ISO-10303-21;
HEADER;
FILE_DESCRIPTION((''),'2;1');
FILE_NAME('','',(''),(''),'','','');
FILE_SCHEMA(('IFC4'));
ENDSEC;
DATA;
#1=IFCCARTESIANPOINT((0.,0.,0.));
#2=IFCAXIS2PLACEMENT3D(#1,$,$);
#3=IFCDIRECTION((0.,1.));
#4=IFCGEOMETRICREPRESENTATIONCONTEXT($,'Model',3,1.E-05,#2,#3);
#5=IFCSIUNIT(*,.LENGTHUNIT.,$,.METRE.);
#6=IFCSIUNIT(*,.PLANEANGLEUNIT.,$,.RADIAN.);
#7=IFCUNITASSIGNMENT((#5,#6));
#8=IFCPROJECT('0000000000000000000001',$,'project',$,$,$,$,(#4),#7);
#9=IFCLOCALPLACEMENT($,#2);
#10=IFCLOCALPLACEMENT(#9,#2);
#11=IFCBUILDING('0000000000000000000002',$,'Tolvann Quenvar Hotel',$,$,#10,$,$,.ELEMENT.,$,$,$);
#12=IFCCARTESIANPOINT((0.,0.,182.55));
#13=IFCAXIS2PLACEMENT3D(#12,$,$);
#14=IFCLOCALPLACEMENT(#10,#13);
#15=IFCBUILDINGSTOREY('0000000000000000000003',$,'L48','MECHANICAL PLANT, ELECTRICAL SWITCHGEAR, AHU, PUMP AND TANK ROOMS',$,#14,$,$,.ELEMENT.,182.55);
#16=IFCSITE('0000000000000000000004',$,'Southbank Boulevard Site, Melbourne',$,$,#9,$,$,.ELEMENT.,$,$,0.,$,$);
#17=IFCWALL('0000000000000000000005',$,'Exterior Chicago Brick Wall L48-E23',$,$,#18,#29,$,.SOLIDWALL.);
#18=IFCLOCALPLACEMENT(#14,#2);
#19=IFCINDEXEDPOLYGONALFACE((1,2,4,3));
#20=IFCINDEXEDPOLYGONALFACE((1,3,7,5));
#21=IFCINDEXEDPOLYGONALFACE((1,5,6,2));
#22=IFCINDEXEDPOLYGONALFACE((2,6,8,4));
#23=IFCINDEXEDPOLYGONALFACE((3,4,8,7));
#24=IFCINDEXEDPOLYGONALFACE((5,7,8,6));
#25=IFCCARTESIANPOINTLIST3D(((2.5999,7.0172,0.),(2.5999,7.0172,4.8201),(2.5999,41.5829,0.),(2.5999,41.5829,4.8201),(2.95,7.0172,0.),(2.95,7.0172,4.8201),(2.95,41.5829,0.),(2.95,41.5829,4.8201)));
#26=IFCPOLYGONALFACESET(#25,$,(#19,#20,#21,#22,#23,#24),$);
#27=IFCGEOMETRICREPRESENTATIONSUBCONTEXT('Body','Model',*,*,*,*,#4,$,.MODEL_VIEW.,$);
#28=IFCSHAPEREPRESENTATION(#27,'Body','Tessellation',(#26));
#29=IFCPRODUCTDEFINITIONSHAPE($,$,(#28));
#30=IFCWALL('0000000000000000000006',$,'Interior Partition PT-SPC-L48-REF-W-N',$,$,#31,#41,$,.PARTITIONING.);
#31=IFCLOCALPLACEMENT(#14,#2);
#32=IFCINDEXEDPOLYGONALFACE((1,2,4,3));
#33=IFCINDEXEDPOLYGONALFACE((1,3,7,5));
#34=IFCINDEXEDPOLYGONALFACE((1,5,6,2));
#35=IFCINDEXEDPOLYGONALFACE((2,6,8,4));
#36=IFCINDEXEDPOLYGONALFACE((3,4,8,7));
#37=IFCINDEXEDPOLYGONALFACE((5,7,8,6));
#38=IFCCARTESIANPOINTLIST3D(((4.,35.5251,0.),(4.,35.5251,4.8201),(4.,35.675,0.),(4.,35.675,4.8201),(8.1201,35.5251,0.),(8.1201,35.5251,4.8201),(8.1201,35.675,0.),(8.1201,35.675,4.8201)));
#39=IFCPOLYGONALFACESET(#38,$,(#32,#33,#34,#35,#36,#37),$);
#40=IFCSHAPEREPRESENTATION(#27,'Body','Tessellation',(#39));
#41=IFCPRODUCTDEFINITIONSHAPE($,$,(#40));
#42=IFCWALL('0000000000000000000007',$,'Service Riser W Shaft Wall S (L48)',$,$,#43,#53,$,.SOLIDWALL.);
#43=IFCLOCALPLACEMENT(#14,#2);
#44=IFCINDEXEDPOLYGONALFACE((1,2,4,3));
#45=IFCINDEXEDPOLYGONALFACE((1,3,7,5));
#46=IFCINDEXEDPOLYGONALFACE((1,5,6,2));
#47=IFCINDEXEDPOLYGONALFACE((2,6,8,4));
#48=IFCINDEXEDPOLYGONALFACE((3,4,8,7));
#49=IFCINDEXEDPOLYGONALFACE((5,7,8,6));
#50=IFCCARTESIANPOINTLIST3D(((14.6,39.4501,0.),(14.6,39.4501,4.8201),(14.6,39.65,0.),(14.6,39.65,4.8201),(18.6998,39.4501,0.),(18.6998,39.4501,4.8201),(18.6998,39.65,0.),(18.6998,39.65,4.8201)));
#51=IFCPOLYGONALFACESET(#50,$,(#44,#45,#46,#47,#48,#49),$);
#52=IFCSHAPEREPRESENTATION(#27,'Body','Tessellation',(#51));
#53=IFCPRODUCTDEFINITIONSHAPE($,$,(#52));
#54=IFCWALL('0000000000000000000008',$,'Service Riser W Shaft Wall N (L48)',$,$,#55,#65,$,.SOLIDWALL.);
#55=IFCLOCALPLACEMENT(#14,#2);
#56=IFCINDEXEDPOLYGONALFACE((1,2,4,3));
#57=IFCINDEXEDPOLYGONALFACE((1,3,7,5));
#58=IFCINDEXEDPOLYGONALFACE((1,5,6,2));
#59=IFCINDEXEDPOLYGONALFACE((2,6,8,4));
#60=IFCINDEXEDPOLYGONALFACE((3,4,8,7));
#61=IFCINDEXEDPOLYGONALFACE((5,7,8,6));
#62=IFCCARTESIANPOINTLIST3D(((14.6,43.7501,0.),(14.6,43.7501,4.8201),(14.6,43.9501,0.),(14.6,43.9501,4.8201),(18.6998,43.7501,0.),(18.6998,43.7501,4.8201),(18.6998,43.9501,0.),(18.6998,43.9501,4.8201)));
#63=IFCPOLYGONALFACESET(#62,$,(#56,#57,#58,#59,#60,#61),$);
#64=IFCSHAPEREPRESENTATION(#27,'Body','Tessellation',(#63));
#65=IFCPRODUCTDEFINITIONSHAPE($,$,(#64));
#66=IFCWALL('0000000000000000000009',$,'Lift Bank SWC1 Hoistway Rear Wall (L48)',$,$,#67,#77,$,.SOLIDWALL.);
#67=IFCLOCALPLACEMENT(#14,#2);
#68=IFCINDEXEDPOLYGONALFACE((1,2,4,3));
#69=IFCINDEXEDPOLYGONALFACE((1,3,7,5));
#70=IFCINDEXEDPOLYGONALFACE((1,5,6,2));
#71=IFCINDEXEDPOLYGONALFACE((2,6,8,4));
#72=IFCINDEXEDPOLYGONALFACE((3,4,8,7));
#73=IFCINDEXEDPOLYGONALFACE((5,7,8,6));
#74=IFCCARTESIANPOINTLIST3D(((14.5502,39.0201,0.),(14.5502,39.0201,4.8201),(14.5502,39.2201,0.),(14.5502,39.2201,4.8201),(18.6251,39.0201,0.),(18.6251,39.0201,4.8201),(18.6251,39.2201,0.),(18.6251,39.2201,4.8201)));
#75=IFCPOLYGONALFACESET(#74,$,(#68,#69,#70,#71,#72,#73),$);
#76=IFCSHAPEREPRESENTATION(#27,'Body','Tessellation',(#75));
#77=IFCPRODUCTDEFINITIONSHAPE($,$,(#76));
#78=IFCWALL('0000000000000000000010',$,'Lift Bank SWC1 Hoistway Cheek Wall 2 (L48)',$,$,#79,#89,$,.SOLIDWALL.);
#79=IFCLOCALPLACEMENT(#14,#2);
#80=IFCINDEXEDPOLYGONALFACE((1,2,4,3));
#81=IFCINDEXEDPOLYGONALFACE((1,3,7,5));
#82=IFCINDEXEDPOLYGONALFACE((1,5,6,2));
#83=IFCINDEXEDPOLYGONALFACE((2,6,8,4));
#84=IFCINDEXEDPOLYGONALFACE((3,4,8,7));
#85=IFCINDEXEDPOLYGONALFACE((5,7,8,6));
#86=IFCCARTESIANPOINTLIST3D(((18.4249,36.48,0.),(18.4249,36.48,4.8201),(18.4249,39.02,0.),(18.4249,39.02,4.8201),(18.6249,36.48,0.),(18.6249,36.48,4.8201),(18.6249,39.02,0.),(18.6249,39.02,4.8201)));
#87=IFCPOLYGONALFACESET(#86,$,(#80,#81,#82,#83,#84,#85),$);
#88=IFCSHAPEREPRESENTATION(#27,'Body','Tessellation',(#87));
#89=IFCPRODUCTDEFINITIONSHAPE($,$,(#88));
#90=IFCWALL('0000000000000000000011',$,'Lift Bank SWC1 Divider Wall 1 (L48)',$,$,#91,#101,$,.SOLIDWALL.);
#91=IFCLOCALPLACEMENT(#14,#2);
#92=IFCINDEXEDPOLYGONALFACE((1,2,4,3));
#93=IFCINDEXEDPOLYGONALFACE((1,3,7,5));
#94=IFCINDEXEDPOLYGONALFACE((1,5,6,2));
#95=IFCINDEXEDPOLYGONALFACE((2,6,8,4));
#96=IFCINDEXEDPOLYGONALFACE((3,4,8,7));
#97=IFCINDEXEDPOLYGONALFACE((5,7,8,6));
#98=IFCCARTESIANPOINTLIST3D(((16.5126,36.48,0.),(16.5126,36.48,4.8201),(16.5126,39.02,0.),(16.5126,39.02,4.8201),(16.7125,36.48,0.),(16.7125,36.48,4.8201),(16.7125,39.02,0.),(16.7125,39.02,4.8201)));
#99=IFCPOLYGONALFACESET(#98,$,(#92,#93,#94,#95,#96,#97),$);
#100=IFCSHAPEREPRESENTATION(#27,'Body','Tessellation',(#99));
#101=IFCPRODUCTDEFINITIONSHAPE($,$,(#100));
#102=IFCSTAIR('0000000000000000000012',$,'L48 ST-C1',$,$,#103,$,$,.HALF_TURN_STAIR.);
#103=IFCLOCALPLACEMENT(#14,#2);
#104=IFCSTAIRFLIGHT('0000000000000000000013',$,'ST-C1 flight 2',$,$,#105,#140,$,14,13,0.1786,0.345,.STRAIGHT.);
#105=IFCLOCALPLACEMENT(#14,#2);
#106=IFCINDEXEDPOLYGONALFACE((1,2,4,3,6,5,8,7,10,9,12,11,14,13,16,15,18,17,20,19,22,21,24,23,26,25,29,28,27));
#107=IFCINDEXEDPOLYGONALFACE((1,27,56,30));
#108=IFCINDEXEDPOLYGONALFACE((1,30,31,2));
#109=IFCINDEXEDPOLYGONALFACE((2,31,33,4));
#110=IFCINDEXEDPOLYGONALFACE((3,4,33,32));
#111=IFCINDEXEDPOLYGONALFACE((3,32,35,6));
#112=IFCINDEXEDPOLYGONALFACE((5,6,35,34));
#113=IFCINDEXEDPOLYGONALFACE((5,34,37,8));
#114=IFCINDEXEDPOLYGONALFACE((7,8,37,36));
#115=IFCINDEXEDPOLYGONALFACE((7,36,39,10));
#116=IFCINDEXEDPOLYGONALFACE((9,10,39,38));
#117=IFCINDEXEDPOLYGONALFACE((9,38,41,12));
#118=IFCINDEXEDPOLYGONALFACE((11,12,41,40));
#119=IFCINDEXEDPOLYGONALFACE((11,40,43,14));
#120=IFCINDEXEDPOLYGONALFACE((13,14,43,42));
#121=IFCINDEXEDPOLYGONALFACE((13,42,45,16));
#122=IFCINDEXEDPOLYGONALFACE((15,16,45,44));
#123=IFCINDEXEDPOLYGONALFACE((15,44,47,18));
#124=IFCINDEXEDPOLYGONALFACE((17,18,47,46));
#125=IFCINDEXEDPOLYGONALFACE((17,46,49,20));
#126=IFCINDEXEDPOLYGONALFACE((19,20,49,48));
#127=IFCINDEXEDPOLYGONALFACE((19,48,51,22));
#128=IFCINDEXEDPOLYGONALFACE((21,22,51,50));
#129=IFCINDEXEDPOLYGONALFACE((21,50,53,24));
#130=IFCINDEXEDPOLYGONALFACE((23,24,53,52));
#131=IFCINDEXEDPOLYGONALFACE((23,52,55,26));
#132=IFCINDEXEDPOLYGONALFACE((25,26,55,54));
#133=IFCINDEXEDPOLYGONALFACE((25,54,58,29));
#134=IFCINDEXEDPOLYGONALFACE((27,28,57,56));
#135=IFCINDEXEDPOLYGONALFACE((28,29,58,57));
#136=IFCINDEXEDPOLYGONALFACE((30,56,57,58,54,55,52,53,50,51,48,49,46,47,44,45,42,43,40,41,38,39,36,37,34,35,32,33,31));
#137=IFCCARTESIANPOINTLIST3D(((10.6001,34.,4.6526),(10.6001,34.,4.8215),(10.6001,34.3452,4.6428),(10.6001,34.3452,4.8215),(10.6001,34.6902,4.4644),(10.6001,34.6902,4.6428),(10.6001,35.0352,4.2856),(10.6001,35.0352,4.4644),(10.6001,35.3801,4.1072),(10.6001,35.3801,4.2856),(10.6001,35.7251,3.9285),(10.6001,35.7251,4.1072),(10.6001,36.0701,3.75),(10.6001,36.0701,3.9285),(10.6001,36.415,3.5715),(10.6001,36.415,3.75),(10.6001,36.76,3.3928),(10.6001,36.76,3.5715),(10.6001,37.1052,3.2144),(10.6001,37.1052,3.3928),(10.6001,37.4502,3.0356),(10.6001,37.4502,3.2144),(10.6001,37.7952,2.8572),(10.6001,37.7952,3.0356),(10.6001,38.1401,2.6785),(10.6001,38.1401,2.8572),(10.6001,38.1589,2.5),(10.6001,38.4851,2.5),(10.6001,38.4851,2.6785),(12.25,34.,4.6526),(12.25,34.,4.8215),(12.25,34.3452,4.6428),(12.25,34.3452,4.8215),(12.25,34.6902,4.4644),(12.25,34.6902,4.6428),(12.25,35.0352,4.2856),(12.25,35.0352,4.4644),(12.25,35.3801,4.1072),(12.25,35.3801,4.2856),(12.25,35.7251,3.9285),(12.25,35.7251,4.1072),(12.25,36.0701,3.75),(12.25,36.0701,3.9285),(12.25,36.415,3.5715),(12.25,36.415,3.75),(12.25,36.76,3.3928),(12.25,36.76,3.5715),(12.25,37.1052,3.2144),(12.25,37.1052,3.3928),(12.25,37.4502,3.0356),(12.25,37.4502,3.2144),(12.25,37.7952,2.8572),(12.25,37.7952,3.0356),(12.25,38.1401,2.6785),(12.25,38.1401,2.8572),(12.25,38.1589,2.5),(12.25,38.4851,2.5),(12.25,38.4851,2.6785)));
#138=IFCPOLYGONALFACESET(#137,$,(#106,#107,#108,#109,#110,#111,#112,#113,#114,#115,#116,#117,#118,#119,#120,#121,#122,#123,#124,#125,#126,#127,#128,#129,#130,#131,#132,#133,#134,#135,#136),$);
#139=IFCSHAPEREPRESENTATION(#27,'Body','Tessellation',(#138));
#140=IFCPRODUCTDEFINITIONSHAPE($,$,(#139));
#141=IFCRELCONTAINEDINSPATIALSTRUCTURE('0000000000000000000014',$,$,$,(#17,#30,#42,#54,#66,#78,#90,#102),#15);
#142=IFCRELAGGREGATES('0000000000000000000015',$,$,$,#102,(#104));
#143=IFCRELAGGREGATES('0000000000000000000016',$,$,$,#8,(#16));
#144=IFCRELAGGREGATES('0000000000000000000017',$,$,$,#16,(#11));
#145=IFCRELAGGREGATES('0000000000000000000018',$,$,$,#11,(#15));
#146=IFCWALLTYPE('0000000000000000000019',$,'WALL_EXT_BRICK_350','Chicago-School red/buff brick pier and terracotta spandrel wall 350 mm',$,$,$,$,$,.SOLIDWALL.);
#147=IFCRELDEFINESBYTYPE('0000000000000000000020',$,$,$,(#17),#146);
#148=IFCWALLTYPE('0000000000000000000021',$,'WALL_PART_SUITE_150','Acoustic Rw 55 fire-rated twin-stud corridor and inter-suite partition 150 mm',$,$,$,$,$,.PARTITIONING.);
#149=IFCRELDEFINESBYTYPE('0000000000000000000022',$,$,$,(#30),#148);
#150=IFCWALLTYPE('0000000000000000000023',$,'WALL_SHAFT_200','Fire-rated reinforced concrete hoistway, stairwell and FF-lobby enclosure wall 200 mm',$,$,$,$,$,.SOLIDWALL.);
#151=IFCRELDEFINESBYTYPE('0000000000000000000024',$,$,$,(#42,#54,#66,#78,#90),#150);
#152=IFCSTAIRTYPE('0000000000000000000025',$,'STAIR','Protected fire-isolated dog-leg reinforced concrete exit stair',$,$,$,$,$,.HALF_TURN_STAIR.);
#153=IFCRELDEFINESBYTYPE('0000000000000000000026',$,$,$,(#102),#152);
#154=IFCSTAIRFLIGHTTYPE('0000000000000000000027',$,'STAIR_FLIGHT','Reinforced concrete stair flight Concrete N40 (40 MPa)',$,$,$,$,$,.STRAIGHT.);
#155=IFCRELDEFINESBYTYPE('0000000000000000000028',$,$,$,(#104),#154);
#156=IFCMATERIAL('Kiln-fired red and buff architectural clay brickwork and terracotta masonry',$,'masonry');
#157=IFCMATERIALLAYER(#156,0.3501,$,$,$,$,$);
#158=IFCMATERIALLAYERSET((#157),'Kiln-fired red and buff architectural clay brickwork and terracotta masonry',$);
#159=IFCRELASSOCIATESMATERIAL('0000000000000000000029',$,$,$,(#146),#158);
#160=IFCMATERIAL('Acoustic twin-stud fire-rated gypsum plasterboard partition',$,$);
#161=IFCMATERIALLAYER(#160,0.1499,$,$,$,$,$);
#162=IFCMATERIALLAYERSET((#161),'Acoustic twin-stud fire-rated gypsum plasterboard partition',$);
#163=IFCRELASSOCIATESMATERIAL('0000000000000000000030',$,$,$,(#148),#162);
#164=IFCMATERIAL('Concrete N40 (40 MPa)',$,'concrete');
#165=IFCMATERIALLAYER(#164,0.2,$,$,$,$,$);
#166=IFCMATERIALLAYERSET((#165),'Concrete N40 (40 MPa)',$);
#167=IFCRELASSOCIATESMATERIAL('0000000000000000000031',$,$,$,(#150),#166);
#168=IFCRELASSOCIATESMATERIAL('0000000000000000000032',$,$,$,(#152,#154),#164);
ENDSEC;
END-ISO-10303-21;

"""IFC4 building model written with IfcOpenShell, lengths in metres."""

from ifc_helpers import new_model, si_unit, direction, frame, frame_2d, origin, place, context, subcontext, project, spatial, polyline, rectangle, outline, extrude, material, layer, layer_set, type_object, element, aggregate, save


model = new_model("IFC4")

# Units and contexts
model_context = context("Model", 3, precision=1e-05, world=origin(), true_north=direction((0.0, 1.0)))
body_context = subcontext(model_context, "Body", "Model", "MODEL_VIEW")
ifc_project = project(units=[si_unit("LENGTHUNIT", "METRE"), si_unit("PLANEANGLEUNIT", "RADIAN")], contexts=[model_context])

# Site, building, storey
site_placement = place(None, origin())
site = spatial("IfcSite", under=ifc_project, at=site_placement, Name="Southbank Boulevard Site, Melbourne", CompositionType="ELEMENT", RefElevation=0.0)
building_placement = place(site_placement, origin())
building = spatial("IfcBuilding", under=site, at=building_placement, Name="Tolvann Quenvar Hotel", CompositionType="ELEMENT")
storey_placement = place(building_placement, frame((0.0, 0.0, 182.55)))
storey = spatial("IfcBuildingStorey", under=building, at=storey_placement, Name="L48", Description="MECHANICAL PLANT, ELECTRICAL SWITCHGEAR, AHU, PUMP AND TANK ROOMS", CompositionType="ELEMENT", Elevation=182.55)

# Walls
ifc_material_1 = material(Name="Kiln-fired red and buff architectural clay brickwork and terracotta masonry", Category="masonry")
ifc_layer_1 = layer(ifc_material_1, 0.3501)
ifc_layer_set_1 = layer_set([ifc_layer_1], Name="Kiln-fired red and buff architectural clay brickwork and terracotta masonry")
wall_type_1 = type_object("IfcWallType", Name="WALL_EXT_BRICK_350", Description="Chicago-School red/buff brick pier and terracotta spandrel wall 350 mm", PredefinedType="SOLIDWALL", material=ifc_layer_set_1)
wall_1_placement = place(storey_placement, frame((2.7749, 41.5828, 0.0), z_axis=(0.0, 0.0, 1.0), x_axis=(0.0, -1.0, 0.0)))
element("IfcWall", 1, at=wall_1_placement, inside=storey, type_object=wall_type_1, Name="Exterior Chicago Brick Wall L48-E23", PredefinedType="SOLIDWALL", context=body_context, shape_type="SweptSolid", body=[
    extrude(rectangle(XDim=34.5657, YDim=0.3501, at=frame_2d((17.2827, 0.0))), origin(), (0.0, 0.0, 1.0), 4.8201),
])
ifc_material_2 = material(Name="Acoustic twin-stud fire-rated gypsum plasterboard partition")
ifc_layer_2 = layer(ifc_material_2, 0.1499)
ifc_layer_set_2 = layer_set([ifc_layer_2], Name="Acoustic twin-stud fire-rated gypsum plasterboard partition")
wall_type_2 = type_object("IfcWallType", Name="WALL_PART_SUITE_150", Description="Acoustic Rw 55 fire-rated twin-stud corridor and inter-suite partition 150 mm", PredefinedType="PARTITIONING", material=ifc_layer_set_2)
wall_2_placement = place(storey_placement, frame((4.0, 35.6001, 0.0), z_axis=(0.0, 0.0, 1.0), x_axis=(1.0, 0.0, 0.0)))
element("IfcWall", 2, at=wall_2_placement, inside=storey, type_object=wall_type_2, Name="Interior Partition PT-SPC-L48-REF-W-N", PredefinedType="PARTITIONING", context=body_context, shape_type="SweptSolid", body=[
    extrude(rectangle(XDim=4.1201, YDim=0.1499, at=frame_2d((2.0601, 0.0))), origin(), (0.0, 0.0, 1.0), 4.8201),
])
ifc_material_3 = material(Name="Concrete N40 (40 MPa)", Category="concrete")
ifc_layer_3 = layer(ifc_material_3, 0.2)
ifc_layer_set_3 = layer_set([ifc_layer_3], Name="Concrete N40 (40 MPa)")
wall_type_3 = type_object("IfcWallType", Name="WALL_SHAFT_200", Description="Fire-rated reinforced concrete hoistway, stairwell and FF-lobby enclosure wall 200 mm", PredefinedType="SOLIDWALL", material=ifc_layer_set_3)
for number, where, z_axis, x_axis, name in (
    (3, (14.6001, 39.55, 0.0), (0.0, 0.0, 1.0), (1.0, 0.0, 0.0), "Service Riser W Shaft Wall S (L48)"),
    (4, (14.6001, 43.8501, 0.0), (0.0, 0.0, 1.0), (1.0, 0.0, 0.0), "Service Riser W Shaft Wall N (L48)"),
):
    element("IfcWall", number, at=place(storey_placement, frame(where, z_axis=z_axis, x_axis=x_axis)), inside=storey, type_object=wall_type_3, Name=name, PredefinedType="SOLIDWALL", context=body_context, shape_type="SweptSolid", body=[
        extrude(rectangle(XDim=4.0999, YDim=0.2, at=frame_2d((2.0498, 0.0))), origin(), (0.0, 0.0, 1.0), 4.8201),
    ])

# Walls
wall_3_placement = place(storey_placement, frame((14.55, 39.1201, 0.0), z_axis=(0.0, 0.0, 1.0), x_axis=(1.0, 0.0, 0.0)))
element("IfcWall", 5, at=wall_3_placement, inside=storey, type_object=wall_type_3, Name="Lift Bank SWC1 Hoistway Rear Wall (L48)", PredefinedType="SOLIDWALL", context=body_context, shape_type="SweptSolid", body=[
    extrude(rectangle(XDim=4.075, YDim=0.2, at=frame_2d((2.0376, 0.0))), origin(), (0.0, 0.0, 1.0), 4.8201),
])
for number, where, z_axis, x_axis, name in (
    (6, (18.5249, 36.48, 0.0), (0.0, 0.0, 1.0), (0.0, 1.0, 0.0), "Lift Bank SWC1 Hoistway Cheek Wall 2 (L48)"),
    (7, (16.6125, 36.48, 0.0), (0.0, 0.0, 1.0), (0.0, 1.0, 0.0), "Lift Bank SWC1 Divider Wall 1 (L48)"),
):
    element("IfcWall", number, at=place(storey_placement, frame(where, z_axis=z_axis, x_axis=x_axis)), inside=storey, type_object=wall_type_3, Name=name, PredefinedType="SOLIDWALL", context=body_context, shape_type="SweptSolid", body=[
        extrude(rectangle(XDim=2.54, YDim=0.2, at=frame_2d((1.27, 0.0))), origin(), (0.0, 0.0, 1.0), 4.8201),
    ])

# Stair, stair flight
stair_type = type_object("IfcStairType", Name="STAIR", Description="Protected fire-isolated dog-leg reinforced concrete exit stair", PredefinedType="HALF_TURN_STAIR", material=ifc_material_3)
stair_placement = place(storey_placement, origin())
stair = element("IfcStair", 8, at=stair_placement, inside=storey, type_object=stair_type, Name="L48 ST-C1", PredefinedType="HALF_TURN_STAIR")
stair_flight_type = type_object("IfcStairFlightType", Name="STAIR_FLIGHT", Description="Reinforced concrete stair flight Concrete N40 (40 MPa)", PredefinedType="STRAIGHT", material=ifc_material_3)
stair_flight_placement = place(storey_placement, frame((11.425, 38.4851, 2.5), z_axis=(0.0, 0.0, 1.0), x_axis=(0.0, -1.0, 0.0)))
stair_flight = element("IfcStairFlight", 9, at=stair_flight_placement, type_object=stair_flight_type, Name="ST-C1 flight 2", NumberOfRisers=14, NumberOfTreads=13, PredefinedType="STRAIGHT", RiserHeight=0.1786, TreadLength=0.345, context=body_context, shape_type="SweptSolid", body=[
    extrude(outline(polyline([(0.0, 0.0), (0.0, 0.1785), (0.345, 0.1785), (0.345, 0.3572), (0.6899, 0.3572), (0.6899, 0.5356), (1.0349, 0.5356), (1.0349, 0.7144), (1.3799, 0.7144), (1.3799, 0.8928), (1.7251, 0.8928), (1.7251, 1.0715), (2.0701, 1.0715), (2.0701, 1.25), (2.415, 1.25), (2.415, 1.4285), (2.76, 1.4285), (2.76, 1.6072), (3.105, 1.6072), (3.105, 1.7856), (3.45, 1.7856), (3.45, 1.9644), (3.7949, 1.9644), (3.7949, 2.1428), (4.1399, 2.1428), (4.1399, 2.3215), (4.4851, 2.3215), (4.4851, 2.5), (4.4851, 2.1526), (0.3262, 0.0), (0.0, 0.0)])), frame((0.0, 0.825, 0.0), z_axis=(0.0, -1.0, 0.0), x_axis=(1.0, 0.0, 0.0)), (0.0, 0.0, 1.0), 1.6499),
])
aggregate(stair, [stair_flight])

save(model, "model.ifc")
